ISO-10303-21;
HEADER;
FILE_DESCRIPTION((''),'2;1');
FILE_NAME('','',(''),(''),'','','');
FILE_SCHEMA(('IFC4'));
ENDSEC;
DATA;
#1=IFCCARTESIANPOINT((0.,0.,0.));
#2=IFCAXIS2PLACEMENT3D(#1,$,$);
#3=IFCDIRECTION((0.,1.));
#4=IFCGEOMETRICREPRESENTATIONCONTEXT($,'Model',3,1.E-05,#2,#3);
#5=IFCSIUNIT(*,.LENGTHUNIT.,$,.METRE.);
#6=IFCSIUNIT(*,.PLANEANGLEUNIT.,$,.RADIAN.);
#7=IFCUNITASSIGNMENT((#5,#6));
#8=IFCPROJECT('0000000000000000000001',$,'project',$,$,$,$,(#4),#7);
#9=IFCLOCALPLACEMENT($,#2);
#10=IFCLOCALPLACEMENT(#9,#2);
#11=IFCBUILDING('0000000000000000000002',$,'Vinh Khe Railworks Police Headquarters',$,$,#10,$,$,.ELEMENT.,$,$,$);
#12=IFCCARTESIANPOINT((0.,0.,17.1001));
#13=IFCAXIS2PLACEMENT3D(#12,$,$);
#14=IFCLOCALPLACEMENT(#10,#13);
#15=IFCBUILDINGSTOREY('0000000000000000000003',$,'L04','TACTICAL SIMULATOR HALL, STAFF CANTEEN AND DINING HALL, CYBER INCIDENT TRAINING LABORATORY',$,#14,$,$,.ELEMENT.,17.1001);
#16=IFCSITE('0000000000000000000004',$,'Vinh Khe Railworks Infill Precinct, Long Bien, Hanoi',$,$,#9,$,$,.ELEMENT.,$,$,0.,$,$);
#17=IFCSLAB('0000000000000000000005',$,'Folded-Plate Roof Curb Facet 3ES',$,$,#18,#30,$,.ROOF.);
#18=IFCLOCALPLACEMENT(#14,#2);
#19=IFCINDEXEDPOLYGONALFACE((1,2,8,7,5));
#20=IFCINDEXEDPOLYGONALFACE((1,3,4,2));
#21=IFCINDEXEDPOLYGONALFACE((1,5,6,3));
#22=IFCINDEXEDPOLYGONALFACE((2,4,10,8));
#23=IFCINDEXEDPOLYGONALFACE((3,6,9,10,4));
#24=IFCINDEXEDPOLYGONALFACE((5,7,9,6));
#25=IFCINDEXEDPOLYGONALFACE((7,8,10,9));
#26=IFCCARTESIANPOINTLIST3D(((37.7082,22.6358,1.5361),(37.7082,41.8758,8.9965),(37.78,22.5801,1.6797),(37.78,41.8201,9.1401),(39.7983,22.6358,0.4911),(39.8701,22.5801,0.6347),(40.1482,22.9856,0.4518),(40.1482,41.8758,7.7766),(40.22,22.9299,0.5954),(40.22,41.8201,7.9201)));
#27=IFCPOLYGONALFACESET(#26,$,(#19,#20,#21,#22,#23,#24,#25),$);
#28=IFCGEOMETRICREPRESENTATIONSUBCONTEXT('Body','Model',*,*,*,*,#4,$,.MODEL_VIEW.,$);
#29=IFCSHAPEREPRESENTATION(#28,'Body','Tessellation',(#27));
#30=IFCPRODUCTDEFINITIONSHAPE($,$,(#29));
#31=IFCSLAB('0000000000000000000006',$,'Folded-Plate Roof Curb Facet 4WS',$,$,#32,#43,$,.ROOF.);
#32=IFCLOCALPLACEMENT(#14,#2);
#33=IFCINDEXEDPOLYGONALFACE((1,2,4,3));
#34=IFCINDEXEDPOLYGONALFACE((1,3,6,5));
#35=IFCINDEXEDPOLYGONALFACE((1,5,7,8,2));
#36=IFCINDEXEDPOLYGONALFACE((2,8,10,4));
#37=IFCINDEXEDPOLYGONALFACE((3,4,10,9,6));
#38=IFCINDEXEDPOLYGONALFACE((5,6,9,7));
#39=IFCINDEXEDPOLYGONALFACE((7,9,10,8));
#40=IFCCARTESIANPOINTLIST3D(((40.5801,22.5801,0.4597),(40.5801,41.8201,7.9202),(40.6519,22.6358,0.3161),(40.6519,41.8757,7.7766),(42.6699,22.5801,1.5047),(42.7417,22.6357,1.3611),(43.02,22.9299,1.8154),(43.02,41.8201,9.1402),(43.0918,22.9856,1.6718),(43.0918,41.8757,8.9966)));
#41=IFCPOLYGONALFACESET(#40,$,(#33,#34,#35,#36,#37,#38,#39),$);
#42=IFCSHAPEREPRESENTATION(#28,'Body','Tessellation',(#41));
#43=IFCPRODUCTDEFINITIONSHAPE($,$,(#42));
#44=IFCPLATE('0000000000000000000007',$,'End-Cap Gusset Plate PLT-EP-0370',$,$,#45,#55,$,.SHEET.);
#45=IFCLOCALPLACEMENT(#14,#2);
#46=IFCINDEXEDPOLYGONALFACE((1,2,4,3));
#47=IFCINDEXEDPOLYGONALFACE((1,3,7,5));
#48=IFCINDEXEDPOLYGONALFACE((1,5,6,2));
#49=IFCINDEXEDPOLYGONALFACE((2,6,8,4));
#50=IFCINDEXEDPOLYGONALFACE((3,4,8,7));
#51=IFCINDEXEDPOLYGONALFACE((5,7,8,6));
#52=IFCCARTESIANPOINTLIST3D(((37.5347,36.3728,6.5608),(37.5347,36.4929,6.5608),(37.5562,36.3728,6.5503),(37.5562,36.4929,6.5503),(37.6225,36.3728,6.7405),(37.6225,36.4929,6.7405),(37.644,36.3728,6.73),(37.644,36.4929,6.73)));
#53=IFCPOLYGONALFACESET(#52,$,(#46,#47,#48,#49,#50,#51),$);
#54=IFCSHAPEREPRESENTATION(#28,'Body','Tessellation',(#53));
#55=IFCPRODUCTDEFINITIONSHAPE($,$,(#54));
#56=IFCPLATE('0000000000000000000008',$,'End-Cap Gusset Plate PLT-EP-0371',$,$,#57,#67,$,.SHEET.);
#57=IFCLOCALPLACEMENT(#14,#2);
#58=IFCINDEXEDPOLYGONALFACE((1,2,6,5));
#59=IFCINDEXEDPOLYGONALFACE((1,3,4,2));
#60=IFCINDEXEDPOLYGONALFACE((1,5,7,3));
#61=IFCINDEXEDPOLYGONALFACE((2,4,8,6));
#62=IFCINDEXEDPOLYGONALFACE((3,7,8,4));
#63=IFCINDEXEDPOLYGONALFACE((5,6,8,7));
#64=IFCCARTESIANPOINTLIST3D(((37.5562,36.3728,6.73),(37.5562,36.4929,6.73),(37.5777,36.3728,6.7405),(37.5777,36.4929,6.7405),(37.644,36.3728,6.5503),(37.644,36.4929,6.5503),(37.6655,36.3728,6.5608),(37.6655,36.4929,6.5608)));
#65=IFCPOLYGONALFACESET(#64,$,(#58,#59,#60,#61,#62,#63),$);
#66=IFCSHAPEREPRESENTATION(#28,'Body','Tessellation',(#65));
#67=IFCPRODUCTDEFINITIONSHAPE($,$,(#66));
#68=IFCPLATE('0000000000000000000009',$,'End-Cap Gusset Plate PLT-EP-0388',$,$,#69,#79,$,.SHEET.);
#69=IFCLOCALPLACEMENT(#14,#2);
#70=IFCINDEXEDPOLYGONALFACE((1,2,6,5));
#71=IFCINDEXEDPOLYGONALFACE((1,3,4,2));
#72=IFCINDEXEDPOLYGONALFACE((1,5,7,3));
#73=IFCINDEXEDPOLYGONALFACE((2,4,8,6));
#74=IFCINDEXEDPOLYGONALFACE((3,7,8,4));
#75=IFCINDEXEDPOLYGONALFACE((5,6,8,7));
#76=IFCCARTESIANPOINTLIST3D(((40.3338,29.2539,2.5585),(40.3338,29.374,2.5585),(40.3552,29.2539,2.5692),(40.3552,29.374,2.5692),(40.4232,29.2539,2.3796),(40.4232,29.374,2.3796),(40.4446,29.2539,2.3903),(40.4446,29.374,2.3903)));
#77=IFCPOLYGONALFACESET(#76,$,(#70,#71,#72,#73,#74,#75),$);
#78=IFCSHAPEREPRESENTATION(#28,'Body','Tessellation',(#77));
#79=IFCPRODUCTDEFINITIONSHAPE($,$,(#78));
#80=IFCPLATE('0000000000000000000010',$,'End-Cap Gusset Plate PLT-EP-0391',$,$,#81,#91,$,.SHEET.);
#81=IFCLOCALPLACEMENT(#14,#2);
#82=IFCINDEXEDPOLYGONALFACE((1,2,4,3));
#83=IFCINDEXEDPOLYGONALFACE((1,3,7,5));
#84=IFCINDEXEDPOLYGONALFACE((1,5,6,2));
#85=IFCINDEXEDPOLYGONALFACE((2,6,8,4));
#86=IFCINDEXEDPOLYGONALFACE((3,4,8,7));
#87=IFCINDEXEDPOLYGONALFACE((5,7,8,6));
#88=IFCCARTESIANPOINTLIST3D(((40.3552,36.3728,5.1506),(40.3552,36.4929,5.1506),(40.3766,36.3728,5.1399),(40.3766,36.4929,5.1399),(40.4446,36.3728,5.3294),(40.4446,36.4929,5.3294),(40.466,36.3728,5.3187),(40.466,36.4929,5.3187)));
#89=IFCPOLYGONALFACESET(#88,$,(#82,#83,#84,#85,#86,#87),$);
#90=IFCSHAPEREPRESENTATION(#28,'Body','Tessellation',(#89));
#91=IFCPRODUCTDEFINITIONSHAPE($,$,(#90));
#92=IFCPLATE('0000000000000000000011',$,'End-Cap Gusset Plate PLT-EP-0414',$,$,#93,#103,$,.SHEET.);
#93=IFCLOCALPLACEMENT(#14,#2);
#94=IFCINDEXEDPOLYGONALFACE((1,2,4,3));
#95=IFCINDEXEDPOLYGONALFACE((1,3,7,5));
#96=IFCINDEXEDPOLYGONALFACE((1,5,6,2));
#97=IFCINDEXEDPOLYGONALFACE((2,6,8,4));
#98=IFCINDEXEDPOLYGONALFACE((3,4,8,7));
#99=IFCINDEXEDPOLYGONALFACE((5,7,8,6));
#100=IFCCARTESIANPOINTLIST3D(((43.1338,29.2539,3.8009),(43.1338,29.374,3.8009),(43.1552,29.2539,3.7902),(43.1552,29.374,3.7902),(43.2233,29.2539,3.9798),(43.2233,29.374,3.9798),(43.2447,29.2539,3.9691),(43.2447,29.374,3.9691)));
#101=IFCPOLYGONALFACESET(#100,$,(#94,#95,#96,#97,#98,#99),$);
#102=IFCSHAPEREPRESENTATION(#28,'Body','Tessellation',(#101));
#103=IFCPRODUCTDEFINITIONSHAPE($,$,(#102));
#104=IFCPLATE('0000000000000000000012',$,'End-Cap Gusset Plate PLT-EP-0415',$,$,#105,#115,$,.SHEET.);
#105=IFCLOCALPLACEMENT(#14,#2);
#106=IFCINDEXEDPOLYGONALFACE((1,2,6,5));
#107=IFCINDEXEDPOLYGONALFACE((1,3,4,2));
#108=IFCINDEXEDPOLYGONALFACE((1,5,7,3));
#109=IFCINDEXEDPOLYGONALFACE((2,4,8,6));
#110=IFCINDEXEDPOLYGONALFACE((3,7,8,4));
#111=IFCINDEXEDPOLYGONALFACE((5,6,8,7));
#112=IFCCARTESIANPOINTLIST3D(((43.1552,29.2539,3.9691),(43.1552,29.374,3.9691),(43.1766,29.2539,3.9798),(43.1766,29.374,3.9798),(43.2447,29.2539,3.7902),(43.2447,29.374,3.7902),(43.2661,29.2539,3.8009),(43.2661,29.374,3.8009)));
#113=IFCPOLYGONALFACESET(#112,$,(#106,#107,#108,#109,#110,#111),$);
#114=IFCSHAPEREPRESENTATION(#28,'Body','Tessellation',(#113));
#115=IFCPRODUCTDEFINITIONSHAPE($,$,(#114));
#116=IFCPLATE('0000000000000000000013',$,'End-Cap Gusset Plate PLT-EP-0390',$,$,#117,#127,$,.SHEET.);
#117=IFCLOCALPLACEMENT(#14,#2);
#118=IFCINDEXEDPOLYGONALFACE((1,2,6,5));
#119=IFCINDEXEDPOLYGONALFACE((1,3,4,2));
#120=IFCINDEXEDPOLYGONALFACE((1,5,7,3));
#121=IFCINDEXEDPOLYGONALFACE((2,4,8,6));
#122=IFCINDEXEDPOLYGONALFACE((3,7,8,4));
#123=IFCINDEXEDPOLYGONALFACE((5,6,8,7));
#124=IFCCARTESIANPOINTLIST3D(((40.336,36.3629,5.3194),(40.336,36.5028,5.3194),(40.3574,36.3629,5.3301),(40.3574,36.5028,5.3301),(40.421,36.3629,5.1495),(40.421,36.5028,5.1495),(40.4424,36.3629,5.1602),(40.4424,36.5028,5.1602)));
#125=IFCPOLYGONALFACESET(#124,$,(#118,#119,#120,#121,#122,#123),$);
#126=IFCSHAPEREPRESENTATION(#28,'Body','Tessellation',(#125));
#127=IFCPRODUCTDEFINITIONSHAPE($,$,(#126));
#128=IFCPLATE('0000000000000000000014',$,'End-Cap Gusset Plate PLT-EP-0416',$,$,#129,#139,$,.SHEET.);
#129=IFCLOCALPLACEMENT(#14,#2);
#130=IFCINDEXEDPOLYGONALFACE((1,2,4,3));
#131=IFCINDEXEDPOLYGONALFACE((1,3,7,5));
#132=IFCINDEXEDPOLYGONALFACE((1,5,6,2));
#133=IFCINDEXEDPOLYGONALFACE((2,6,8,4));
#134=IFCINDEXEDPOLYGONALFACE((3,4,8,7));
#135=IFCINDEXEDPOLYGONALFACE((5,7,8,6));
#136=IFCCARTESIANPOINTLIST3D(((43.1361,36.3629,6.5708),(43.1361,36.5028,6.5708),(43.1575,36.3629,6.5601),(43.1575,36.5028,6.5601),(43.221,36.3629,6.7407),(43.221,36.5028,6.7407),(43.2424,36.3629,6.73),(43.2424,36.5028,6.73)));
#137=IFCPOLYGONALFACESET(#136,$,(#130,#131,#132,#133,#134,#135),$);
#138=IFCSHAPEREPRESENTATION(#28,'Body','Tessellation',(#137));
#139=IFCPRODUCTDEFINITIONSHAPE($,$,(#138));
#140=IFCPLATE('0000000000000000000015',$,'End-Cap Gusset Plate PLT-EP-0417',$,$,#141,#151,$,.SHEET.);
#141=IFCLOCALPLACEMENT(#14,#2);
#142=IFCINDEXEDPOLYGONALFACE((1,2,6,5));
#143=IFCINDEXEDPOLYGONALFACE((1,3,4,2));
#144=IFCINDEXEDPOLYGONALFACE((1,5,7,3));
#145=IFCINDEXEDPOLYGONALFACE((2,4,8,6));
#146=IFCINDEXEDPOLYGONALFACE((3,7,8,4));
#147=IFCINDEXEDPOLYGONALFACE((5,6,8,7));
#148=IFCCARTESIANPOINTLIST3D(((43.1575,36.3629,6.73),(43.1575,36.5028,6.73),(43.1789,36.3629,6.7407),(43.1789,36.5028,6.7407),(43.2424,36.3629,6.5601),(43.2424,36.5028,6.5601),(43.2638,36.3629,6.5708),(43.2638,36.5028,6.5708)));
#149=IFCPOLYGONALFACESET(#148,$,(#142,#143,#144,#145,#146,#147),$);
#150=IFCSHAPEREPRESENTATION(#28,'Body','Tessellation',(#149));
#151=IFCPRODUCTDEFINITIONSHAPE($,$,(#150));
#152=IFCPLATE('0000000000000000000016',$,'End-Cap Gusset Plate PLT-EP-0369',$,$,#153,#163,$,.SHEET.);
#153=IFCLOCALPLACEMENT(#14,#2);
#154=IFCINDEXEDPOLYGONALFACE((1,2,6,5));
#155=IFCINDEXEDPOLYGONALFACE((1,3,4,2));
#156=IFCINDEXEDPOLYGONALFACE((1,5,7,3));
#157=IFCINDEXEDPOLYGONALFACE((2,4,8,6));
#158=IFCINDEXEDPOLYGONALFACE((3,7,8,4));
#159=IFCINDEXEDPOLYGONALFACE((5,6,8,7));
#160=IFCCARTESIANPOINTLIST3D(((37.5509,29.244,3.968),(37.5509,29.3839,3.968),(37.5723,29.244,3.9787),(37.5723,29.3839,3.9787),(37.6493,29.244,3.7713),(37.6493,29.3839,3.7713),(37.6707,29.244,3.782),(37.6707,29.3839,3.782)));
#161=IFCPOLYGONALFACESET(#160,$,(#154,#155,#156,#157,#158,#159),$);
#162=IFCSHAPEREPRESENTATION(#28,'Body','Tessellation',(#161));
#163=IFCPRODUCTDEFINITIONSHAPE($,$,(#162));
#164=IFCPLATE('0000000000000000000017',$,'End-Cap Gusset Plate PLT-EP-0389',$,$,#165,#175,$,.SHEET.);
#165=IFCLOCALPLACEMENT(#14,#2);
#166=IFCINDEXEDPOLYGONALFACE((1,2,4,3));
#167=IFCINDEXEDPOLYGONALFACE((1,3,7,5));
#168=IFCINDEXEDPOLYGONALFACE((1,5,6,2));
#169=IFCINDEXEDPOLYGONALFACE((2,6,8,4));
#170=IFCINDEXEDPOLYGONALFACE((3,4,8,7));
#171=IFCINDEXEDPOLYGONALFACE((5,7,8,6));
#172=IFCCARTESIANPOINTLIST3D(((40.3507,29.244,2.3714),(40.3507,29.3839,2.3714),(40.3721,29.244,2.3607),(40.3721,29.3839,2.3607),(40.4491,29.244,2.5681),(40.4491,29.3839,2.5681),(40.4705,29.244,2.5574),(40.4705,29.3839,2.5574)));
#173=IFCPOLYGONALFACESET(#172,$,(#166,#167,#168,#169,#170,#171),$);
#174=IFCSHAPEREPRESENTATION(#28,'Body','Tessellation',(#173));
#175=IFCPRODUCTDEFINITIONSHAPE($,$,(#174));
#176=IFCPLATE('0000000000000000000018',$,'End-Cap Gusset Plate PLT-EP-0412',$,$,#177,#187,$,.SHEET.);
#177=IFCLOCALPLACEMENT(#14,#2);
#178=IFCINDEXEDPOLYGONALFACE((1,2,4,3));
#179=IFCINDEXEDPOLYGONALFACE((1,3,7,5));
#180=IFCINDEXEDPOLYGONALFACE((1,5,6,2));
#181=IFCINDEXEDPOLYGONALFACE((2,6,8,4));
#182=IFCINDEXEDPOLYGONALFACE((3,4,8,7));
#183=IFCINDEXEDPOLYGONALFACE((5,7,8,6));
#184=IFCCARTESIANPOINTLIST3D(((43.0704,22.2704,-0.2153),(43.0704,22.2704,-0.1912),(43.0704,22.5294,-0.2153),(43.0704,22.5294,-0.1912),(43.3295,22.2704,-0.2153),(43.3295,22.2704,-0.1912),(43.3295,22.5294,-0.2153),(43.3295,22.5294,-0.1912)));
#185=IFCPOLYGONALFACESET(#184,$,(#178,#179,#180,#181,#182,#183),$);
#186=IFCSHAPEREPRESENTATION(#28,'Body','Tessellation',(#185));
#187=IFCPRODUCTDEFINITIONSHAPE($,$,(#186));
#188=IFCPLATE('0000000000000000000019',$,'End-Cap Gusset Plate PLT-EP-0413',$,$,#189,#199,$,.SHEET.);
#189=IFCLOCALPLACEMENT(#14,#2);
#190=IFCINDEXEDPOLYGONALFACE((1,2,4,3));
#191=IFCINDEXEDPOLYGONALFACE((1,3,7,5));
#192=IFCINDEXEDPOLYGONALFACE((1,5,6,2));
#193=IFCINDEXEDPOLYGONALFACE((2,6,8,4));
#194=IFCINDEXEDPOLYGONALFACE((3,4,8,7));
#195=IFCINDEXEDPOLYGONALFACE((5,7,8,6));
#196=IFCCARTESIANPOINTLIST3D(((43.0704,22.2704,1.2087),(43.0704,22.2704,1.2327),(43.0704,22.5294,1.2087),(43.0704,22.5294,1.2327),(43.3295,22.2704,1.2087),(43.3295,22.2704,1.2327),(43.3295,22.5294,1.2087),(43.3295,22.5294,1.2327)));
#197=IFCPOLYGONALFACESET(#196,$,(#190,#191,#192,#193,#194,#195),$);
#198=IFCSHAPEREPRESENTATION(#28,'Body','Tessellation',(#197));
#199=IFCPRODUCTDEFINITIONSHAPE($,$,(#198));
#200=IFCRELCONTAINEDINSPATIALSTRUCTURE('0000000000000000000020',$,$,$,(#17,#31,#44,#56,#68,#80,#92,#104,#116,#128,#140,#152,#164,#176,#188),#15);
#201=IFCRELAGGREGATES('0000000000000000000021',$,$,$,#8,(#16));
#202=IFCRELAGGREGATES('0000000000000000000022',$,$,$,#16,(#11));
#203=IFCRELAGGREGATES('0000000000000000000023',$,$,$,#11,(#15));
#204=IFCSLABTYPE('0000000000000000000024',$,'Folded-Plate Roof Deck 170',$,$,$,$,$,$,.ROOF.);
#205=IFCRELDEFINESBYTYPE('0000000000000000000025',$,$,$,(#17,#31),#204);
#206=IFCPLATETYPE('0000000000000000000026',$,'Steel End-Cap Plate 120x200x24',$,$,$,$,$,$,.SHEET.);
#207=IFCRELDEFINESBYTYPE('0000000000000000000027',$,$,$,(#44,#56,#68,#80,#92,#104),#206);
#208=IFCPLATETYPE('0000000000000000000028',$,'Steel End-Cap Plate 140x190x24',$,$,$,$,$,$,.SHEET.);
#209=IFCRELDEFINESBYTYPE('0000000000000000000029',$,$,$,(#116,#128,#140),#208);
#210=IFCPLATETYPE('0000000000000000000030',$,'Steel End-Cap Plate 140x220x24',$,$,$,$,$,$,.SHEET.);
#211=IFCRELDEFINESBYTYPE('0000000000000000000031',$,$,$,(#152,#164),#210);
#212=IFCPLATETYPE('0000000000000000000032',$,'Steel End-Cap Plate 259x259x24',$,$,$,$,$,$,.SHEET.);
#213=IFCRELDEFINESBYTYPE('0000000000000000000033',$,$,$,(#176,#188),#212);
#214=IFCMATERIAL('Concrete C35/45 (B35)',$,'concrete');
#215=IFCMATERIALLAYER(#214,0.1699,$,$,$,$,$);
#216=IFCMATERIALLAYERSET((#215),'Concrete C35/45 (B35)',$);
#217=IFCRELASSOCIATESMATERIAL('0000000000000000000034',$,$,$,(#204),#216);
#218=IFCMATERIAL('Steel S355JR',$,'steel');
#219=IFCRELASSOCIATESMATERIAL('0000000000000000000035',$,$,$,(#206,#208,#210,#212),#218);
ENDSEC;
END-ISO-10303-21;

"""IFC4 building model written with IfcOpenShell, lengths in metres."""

from ifc_helpers import new_model, si_unit, direction, frame, origin, origin_2d, place, context, subcontext, project, spatial, polyline, rectangle, outline, extrude, material, layer, layer_set, material_profile, profile_set, type_object, element, save


model = new_model("IFC4")

# Units and contexts
model_context = context("Model", 3, precision=1e-05, world=origin(), true_north=direction((0.0, 1.0)))
body_context = subcontext(model_context, "Body", "Model", "MODEL_VIEW")
ifc_project = project(units=[si_unit("LENGTHUNIT", "METRE"), si_unit("PLANEANGLEUNIT", "RADIAN")], contexts=[model_context])

# Site, building, storey
site_placement = place(None, origin())
site = spatial("IfcSite", under=ifc_project, at=site_placement, Name="Vinh Khe Railworks Infill Precinct, Long Bien, Hanoi", CompositionType="ELEMENT", RefElevation=0.0)
building_placement = place(site_placement, origin())
building = spatial("IfcBuilding", under=site, at=building_placement, Name="Vinh Khe Railworks Police Headquarters", CompositionType="ELEMENT")
storey_placement = place(building_placement, frame((0.0, 0.0, 17.1001)))
storey = spatial("IfcBuildingStorey", under=building, at=storey_placement, Name="L04", Description="TACTICAL SIMULATOR HALL, STAFF CANTEEN AND DINING HALL, CYBER INCIDENT TRAINING LABORATORY", CompositionType="ELEMENT", Elevation=17.1001)

# Shared definitions
ifc_material_1 = material(Name="Steel S355JR", Category="steel")

# Slabs
ifc_material_2 = material(Name="Concrete C35/45 (B35)", Category="concrete")
ifc_layer = layer(ifc_material_2, 0.1699)
ifc_layer_set = layer_set([ifc_layer], Name="Concrete C35/45 (B35)")
slab_type = type_object("IfcSlabType", Name="Folded-Plate Roof Deck 170", PredefinedType="ROOF", material=ifc_layer_set)
slab_1_placement = place(storey_placement, frame((37.78, 22.5801, 1.6797), z_axis=(0.422512, -0.327673, 0.845053), x_axis=(0.894435, 0.00001, -0.447198)))
element("IfcSlab", 1, at=slab_1_placement, inside=storey, type_object=slab_type, Name="Folded-Plate Roof Curb Facet 3ES", PredefinedType="ROOF", context=body_context, shape_type="SweptSolid", body=[
    extrude(outline(polyline([(0.0, 0.0), (2.3367, 0.0), (2.6672, 0.3703), (-0.6082, 20.3643), (-3.3361, 20.3643), (0.0, 0.0)])), origin(), (0.0, 0.0, -1.0), 0.1699),
])
slab_2_placement = place(storey_placement, frame((40.5801, 22.5801, 0.4597), z_axis=(-0.422535, -0.327671, 0.845042), x_axis=(0.894422, -0.000004, 0.447225)))
element("IfcSlab", 2, at=slab_2_placement, inside=storey, type_object=slab_type, Name="Folded-Plate Roof Curb Facet 4WS", PredefinedType="ROOF", context=body_context, shape_type="SweptSolid", body=[
    extrude(outline(polyline([(0.0, 0.0), (2.3365, 0.0), (2.7886, 0.3703), (6.0644, 20.3643), (3.3364, 20.3643), (0.0, 0.0)])), origin(), (0.0, 0.0, -1.0), 0.1699),
])

# Plates
ifc_material_profile_1 = material_profile(ifc_material_1, rectangle(XDim=0.1201, YDim=0.2, at=origin_2d()), Name="PL 120x200")
ifc_profile_set_1 = profile_set([ifc_material_profile_1], Name="Steel S355JR")
plate_type_1 = type_object("IfcPlateType", Name="Steel End-Cap Plate 120x200x24", PredefinedType="SHEET", material=ifc_profile_set_1)
for number, where, z_axis, x_axis, name in (
    (3, (37.6001, 36.4329, 6.6401), (-0.898474, 0.0, 0.439027), (0.0, -1.0, 0.0), "End-Cap Gusset Plate PLT-EP-0370"),
    (4, (37.6001, 36.4329, 6.6401), (0.898474, 0.0, 0.439027), (0.0, 1.0, 0.0), "End-Cap Gusset Plate PLT-EP-0371"),
    (5, (40.3999, 29.314, 2.4797), (-0.894427, 0.0, -0.447214), (0.0, -1.0, 0.0), "End-Cap Gusset Plate PLT-EP-0388"),
    (6, (40.3999, 36.4329, 5.24), (0.894427, 0.0, -0.447214), (0.0, 1.0, 0.0), "End-Cap Gusset Plate PLT-EP-0391"),
    (7, (43.2, 29.314, 3.8796), (-0.894427, 0.0, 0.447214), (0.0, -1.0, 0.0), "End-Cap Gusset Plate PLT-EP-0414"),
    (8, (43.2, 29.314, 3.8796), (0.894427, 0.0, 0.447214), (0.0, 1.0, 0.0), "End-Cap Gusset Plate PLT-EP-0415"),
):
    element("IfcPlate", number, at=place(storey_placement, frame(where, z_axis=z_axis, x_axis=x_axis)), inside=storey, type_object=plate_type_1, Name=name, PredefinedType="SHEET", context=body_context, shape_type="SweptSolid", body=[
        extrude(rectangle(XDim=0.1201, YDim=0.2, at=origin_2d()), origin(), (0.0, 0.0, 1.0), 0.0239),
    ])
ifc_material_profile_2 = material_profile(ifc_material_1, rectangle(XDim=0.1399, YDim=0.1899, at=origin_2d()), Name="PL 140x190")
ifc_profile_set_2 = profile_set([ifc_material_profile_2], Name="Steel S355JR")
plate_type_2 = type_object("IfcPlateType", Name="Steel End-Cap Plate 140x190x24", PredefinedType="SHEET", material=ifc_profile_set_2)
for number, where, z_axis, x_axis, name in (
    (9, (40.3999, 36.4329, 5.2451), (-0.894427, 0.0, -0.447214), (0.0, -1.0, 0.0), "End-Cap Gusset Plate PLT-EP-0390"),
    (10, (43.2, 36.4329, 6.645), (-0.894427, 0.0, 0.447214), (0.0, -1.0, 0.0), "End-Cap Gusset Plate PLT-EP-0416"),
    (11, (43.2, 36.4329, 6.645), (0.894427, 0.0, 0.447214), (0.0, 1.0, 0.0), "End-Cap Gusset Plate PLT-EP-0417"),
):
    element("IfcPlate", number, at=place(storey_placement, frame(where, z_axis=z_axis, x_axis=x_axis)), inside=storey, type_object=plate_type_2, Name=name, PredefinedType="SHEET", context=body_context, shape_type="SweptSolid", body=[
        extrude(rectangle(XDim=0.1399, YDim=0.1899, at=origin_2d()), origin(), (0.0, 0.0, 1.0), 0.0239),
    ])
ifc_material_profile_3 = material_profile(ifc_material_1, rectangle(XDim=0.1399, YDim=0.22, at=origin_2d()), Name="PL 140x220")
ifc_profile_set_3 = profile_set([ifc_material_profile_3], Name="Steel S355JR")
plate_type_3 = type_object("IfcPlateType", Name="Steel End-Cap Plate 140x220x24", PredefinedType="SHEET", material=ifc_profile_set_3)
for number, where, z_axis, x_axis, name in (
    (12, (37.6001, 29.314, 3.8696), (0.894427, 0.0, 0.447214), (0.0, 1.0, 0.0), "End-Cap Gusset Plate PLT-EP-0369"),
    (13, (40.3999, 29.314, 2.4697), (0.894427, 0.0, -0.447214), (0.0, 1.0, 0.0), "End-Cap Gusset Plate PLT-EP-0389"),
):
    element("IfcPlate", number, at=place(storey_placement, frame(where, z_axis=z_axis, x_axis=x_axis)), inside=storey, type_object=plate_type_3, Name=name, PredefinedType="SHEET", context=body_context, shape_type="SweptSolid", body=[
        extrude(rectangle(XDim=0.1399, YDim=0.22, at=origin_2d()), origin(), (0.0, 0.0, 1.0), 0.0239),
    ])
ifc_material_profile_4 = material_profile(ifc_material_1, rectangle(XDim=0.259, YDim=0.259, at=origin_2d()), Name="PL 259x259")
ifc_profile_set_4 = profile_set([ifc_material_profile_4], Name="Steel S355JR")
plate_type_4 = type_object("IfcPlateType", Name="Steel End-Cap Plate 259x259x24", PredefinedType="SHEET", material=ifc_profile_set_4)
plate_1_placement = place(storey_placement, frame((43.2, 22.3999, -0.1912), z_axis=(0.0, 0.0, -1.0), x_axis=(1.0, 0.0, 0.0)))
element("IfcPlate", 14, at=plate_1_placement, inside=storey, type_object=plate_type_4, Name="End-Cap Gusset Plate PLT-EP-0412", PredefinedType="SHEET", context=body_context, shape_type="SweptSolid", body=[
    extrude(rectangle(XDim=0.259, YDim=0.259, at=origin_2d()), origin(), (0.0, 0.0, 1.0), 0.0242),
])
plate_2_placement = place(storey_placement, frame((43.2, 22.3999, 1.2087), z_axis=(0.0, 0.0, 1.0), x_axis=(1.0, 0.0, 0.0)))
element("IfcPlate", 15, at=plate_2_placement, inside=storey, type_object=plate_type_4, Name="End-Cap Gusset Plate PLT-EP-0413", PredefinedType="SHEET", context=body_context, shape_type="SweptSolid", body=[
    extrude(rectangle(XDim=0.259, YDim=0.259, at=origin_2d()), origin(), (0.0, 0.0, 1.0), 0.0239),
])

save(model, "model.ifc")
